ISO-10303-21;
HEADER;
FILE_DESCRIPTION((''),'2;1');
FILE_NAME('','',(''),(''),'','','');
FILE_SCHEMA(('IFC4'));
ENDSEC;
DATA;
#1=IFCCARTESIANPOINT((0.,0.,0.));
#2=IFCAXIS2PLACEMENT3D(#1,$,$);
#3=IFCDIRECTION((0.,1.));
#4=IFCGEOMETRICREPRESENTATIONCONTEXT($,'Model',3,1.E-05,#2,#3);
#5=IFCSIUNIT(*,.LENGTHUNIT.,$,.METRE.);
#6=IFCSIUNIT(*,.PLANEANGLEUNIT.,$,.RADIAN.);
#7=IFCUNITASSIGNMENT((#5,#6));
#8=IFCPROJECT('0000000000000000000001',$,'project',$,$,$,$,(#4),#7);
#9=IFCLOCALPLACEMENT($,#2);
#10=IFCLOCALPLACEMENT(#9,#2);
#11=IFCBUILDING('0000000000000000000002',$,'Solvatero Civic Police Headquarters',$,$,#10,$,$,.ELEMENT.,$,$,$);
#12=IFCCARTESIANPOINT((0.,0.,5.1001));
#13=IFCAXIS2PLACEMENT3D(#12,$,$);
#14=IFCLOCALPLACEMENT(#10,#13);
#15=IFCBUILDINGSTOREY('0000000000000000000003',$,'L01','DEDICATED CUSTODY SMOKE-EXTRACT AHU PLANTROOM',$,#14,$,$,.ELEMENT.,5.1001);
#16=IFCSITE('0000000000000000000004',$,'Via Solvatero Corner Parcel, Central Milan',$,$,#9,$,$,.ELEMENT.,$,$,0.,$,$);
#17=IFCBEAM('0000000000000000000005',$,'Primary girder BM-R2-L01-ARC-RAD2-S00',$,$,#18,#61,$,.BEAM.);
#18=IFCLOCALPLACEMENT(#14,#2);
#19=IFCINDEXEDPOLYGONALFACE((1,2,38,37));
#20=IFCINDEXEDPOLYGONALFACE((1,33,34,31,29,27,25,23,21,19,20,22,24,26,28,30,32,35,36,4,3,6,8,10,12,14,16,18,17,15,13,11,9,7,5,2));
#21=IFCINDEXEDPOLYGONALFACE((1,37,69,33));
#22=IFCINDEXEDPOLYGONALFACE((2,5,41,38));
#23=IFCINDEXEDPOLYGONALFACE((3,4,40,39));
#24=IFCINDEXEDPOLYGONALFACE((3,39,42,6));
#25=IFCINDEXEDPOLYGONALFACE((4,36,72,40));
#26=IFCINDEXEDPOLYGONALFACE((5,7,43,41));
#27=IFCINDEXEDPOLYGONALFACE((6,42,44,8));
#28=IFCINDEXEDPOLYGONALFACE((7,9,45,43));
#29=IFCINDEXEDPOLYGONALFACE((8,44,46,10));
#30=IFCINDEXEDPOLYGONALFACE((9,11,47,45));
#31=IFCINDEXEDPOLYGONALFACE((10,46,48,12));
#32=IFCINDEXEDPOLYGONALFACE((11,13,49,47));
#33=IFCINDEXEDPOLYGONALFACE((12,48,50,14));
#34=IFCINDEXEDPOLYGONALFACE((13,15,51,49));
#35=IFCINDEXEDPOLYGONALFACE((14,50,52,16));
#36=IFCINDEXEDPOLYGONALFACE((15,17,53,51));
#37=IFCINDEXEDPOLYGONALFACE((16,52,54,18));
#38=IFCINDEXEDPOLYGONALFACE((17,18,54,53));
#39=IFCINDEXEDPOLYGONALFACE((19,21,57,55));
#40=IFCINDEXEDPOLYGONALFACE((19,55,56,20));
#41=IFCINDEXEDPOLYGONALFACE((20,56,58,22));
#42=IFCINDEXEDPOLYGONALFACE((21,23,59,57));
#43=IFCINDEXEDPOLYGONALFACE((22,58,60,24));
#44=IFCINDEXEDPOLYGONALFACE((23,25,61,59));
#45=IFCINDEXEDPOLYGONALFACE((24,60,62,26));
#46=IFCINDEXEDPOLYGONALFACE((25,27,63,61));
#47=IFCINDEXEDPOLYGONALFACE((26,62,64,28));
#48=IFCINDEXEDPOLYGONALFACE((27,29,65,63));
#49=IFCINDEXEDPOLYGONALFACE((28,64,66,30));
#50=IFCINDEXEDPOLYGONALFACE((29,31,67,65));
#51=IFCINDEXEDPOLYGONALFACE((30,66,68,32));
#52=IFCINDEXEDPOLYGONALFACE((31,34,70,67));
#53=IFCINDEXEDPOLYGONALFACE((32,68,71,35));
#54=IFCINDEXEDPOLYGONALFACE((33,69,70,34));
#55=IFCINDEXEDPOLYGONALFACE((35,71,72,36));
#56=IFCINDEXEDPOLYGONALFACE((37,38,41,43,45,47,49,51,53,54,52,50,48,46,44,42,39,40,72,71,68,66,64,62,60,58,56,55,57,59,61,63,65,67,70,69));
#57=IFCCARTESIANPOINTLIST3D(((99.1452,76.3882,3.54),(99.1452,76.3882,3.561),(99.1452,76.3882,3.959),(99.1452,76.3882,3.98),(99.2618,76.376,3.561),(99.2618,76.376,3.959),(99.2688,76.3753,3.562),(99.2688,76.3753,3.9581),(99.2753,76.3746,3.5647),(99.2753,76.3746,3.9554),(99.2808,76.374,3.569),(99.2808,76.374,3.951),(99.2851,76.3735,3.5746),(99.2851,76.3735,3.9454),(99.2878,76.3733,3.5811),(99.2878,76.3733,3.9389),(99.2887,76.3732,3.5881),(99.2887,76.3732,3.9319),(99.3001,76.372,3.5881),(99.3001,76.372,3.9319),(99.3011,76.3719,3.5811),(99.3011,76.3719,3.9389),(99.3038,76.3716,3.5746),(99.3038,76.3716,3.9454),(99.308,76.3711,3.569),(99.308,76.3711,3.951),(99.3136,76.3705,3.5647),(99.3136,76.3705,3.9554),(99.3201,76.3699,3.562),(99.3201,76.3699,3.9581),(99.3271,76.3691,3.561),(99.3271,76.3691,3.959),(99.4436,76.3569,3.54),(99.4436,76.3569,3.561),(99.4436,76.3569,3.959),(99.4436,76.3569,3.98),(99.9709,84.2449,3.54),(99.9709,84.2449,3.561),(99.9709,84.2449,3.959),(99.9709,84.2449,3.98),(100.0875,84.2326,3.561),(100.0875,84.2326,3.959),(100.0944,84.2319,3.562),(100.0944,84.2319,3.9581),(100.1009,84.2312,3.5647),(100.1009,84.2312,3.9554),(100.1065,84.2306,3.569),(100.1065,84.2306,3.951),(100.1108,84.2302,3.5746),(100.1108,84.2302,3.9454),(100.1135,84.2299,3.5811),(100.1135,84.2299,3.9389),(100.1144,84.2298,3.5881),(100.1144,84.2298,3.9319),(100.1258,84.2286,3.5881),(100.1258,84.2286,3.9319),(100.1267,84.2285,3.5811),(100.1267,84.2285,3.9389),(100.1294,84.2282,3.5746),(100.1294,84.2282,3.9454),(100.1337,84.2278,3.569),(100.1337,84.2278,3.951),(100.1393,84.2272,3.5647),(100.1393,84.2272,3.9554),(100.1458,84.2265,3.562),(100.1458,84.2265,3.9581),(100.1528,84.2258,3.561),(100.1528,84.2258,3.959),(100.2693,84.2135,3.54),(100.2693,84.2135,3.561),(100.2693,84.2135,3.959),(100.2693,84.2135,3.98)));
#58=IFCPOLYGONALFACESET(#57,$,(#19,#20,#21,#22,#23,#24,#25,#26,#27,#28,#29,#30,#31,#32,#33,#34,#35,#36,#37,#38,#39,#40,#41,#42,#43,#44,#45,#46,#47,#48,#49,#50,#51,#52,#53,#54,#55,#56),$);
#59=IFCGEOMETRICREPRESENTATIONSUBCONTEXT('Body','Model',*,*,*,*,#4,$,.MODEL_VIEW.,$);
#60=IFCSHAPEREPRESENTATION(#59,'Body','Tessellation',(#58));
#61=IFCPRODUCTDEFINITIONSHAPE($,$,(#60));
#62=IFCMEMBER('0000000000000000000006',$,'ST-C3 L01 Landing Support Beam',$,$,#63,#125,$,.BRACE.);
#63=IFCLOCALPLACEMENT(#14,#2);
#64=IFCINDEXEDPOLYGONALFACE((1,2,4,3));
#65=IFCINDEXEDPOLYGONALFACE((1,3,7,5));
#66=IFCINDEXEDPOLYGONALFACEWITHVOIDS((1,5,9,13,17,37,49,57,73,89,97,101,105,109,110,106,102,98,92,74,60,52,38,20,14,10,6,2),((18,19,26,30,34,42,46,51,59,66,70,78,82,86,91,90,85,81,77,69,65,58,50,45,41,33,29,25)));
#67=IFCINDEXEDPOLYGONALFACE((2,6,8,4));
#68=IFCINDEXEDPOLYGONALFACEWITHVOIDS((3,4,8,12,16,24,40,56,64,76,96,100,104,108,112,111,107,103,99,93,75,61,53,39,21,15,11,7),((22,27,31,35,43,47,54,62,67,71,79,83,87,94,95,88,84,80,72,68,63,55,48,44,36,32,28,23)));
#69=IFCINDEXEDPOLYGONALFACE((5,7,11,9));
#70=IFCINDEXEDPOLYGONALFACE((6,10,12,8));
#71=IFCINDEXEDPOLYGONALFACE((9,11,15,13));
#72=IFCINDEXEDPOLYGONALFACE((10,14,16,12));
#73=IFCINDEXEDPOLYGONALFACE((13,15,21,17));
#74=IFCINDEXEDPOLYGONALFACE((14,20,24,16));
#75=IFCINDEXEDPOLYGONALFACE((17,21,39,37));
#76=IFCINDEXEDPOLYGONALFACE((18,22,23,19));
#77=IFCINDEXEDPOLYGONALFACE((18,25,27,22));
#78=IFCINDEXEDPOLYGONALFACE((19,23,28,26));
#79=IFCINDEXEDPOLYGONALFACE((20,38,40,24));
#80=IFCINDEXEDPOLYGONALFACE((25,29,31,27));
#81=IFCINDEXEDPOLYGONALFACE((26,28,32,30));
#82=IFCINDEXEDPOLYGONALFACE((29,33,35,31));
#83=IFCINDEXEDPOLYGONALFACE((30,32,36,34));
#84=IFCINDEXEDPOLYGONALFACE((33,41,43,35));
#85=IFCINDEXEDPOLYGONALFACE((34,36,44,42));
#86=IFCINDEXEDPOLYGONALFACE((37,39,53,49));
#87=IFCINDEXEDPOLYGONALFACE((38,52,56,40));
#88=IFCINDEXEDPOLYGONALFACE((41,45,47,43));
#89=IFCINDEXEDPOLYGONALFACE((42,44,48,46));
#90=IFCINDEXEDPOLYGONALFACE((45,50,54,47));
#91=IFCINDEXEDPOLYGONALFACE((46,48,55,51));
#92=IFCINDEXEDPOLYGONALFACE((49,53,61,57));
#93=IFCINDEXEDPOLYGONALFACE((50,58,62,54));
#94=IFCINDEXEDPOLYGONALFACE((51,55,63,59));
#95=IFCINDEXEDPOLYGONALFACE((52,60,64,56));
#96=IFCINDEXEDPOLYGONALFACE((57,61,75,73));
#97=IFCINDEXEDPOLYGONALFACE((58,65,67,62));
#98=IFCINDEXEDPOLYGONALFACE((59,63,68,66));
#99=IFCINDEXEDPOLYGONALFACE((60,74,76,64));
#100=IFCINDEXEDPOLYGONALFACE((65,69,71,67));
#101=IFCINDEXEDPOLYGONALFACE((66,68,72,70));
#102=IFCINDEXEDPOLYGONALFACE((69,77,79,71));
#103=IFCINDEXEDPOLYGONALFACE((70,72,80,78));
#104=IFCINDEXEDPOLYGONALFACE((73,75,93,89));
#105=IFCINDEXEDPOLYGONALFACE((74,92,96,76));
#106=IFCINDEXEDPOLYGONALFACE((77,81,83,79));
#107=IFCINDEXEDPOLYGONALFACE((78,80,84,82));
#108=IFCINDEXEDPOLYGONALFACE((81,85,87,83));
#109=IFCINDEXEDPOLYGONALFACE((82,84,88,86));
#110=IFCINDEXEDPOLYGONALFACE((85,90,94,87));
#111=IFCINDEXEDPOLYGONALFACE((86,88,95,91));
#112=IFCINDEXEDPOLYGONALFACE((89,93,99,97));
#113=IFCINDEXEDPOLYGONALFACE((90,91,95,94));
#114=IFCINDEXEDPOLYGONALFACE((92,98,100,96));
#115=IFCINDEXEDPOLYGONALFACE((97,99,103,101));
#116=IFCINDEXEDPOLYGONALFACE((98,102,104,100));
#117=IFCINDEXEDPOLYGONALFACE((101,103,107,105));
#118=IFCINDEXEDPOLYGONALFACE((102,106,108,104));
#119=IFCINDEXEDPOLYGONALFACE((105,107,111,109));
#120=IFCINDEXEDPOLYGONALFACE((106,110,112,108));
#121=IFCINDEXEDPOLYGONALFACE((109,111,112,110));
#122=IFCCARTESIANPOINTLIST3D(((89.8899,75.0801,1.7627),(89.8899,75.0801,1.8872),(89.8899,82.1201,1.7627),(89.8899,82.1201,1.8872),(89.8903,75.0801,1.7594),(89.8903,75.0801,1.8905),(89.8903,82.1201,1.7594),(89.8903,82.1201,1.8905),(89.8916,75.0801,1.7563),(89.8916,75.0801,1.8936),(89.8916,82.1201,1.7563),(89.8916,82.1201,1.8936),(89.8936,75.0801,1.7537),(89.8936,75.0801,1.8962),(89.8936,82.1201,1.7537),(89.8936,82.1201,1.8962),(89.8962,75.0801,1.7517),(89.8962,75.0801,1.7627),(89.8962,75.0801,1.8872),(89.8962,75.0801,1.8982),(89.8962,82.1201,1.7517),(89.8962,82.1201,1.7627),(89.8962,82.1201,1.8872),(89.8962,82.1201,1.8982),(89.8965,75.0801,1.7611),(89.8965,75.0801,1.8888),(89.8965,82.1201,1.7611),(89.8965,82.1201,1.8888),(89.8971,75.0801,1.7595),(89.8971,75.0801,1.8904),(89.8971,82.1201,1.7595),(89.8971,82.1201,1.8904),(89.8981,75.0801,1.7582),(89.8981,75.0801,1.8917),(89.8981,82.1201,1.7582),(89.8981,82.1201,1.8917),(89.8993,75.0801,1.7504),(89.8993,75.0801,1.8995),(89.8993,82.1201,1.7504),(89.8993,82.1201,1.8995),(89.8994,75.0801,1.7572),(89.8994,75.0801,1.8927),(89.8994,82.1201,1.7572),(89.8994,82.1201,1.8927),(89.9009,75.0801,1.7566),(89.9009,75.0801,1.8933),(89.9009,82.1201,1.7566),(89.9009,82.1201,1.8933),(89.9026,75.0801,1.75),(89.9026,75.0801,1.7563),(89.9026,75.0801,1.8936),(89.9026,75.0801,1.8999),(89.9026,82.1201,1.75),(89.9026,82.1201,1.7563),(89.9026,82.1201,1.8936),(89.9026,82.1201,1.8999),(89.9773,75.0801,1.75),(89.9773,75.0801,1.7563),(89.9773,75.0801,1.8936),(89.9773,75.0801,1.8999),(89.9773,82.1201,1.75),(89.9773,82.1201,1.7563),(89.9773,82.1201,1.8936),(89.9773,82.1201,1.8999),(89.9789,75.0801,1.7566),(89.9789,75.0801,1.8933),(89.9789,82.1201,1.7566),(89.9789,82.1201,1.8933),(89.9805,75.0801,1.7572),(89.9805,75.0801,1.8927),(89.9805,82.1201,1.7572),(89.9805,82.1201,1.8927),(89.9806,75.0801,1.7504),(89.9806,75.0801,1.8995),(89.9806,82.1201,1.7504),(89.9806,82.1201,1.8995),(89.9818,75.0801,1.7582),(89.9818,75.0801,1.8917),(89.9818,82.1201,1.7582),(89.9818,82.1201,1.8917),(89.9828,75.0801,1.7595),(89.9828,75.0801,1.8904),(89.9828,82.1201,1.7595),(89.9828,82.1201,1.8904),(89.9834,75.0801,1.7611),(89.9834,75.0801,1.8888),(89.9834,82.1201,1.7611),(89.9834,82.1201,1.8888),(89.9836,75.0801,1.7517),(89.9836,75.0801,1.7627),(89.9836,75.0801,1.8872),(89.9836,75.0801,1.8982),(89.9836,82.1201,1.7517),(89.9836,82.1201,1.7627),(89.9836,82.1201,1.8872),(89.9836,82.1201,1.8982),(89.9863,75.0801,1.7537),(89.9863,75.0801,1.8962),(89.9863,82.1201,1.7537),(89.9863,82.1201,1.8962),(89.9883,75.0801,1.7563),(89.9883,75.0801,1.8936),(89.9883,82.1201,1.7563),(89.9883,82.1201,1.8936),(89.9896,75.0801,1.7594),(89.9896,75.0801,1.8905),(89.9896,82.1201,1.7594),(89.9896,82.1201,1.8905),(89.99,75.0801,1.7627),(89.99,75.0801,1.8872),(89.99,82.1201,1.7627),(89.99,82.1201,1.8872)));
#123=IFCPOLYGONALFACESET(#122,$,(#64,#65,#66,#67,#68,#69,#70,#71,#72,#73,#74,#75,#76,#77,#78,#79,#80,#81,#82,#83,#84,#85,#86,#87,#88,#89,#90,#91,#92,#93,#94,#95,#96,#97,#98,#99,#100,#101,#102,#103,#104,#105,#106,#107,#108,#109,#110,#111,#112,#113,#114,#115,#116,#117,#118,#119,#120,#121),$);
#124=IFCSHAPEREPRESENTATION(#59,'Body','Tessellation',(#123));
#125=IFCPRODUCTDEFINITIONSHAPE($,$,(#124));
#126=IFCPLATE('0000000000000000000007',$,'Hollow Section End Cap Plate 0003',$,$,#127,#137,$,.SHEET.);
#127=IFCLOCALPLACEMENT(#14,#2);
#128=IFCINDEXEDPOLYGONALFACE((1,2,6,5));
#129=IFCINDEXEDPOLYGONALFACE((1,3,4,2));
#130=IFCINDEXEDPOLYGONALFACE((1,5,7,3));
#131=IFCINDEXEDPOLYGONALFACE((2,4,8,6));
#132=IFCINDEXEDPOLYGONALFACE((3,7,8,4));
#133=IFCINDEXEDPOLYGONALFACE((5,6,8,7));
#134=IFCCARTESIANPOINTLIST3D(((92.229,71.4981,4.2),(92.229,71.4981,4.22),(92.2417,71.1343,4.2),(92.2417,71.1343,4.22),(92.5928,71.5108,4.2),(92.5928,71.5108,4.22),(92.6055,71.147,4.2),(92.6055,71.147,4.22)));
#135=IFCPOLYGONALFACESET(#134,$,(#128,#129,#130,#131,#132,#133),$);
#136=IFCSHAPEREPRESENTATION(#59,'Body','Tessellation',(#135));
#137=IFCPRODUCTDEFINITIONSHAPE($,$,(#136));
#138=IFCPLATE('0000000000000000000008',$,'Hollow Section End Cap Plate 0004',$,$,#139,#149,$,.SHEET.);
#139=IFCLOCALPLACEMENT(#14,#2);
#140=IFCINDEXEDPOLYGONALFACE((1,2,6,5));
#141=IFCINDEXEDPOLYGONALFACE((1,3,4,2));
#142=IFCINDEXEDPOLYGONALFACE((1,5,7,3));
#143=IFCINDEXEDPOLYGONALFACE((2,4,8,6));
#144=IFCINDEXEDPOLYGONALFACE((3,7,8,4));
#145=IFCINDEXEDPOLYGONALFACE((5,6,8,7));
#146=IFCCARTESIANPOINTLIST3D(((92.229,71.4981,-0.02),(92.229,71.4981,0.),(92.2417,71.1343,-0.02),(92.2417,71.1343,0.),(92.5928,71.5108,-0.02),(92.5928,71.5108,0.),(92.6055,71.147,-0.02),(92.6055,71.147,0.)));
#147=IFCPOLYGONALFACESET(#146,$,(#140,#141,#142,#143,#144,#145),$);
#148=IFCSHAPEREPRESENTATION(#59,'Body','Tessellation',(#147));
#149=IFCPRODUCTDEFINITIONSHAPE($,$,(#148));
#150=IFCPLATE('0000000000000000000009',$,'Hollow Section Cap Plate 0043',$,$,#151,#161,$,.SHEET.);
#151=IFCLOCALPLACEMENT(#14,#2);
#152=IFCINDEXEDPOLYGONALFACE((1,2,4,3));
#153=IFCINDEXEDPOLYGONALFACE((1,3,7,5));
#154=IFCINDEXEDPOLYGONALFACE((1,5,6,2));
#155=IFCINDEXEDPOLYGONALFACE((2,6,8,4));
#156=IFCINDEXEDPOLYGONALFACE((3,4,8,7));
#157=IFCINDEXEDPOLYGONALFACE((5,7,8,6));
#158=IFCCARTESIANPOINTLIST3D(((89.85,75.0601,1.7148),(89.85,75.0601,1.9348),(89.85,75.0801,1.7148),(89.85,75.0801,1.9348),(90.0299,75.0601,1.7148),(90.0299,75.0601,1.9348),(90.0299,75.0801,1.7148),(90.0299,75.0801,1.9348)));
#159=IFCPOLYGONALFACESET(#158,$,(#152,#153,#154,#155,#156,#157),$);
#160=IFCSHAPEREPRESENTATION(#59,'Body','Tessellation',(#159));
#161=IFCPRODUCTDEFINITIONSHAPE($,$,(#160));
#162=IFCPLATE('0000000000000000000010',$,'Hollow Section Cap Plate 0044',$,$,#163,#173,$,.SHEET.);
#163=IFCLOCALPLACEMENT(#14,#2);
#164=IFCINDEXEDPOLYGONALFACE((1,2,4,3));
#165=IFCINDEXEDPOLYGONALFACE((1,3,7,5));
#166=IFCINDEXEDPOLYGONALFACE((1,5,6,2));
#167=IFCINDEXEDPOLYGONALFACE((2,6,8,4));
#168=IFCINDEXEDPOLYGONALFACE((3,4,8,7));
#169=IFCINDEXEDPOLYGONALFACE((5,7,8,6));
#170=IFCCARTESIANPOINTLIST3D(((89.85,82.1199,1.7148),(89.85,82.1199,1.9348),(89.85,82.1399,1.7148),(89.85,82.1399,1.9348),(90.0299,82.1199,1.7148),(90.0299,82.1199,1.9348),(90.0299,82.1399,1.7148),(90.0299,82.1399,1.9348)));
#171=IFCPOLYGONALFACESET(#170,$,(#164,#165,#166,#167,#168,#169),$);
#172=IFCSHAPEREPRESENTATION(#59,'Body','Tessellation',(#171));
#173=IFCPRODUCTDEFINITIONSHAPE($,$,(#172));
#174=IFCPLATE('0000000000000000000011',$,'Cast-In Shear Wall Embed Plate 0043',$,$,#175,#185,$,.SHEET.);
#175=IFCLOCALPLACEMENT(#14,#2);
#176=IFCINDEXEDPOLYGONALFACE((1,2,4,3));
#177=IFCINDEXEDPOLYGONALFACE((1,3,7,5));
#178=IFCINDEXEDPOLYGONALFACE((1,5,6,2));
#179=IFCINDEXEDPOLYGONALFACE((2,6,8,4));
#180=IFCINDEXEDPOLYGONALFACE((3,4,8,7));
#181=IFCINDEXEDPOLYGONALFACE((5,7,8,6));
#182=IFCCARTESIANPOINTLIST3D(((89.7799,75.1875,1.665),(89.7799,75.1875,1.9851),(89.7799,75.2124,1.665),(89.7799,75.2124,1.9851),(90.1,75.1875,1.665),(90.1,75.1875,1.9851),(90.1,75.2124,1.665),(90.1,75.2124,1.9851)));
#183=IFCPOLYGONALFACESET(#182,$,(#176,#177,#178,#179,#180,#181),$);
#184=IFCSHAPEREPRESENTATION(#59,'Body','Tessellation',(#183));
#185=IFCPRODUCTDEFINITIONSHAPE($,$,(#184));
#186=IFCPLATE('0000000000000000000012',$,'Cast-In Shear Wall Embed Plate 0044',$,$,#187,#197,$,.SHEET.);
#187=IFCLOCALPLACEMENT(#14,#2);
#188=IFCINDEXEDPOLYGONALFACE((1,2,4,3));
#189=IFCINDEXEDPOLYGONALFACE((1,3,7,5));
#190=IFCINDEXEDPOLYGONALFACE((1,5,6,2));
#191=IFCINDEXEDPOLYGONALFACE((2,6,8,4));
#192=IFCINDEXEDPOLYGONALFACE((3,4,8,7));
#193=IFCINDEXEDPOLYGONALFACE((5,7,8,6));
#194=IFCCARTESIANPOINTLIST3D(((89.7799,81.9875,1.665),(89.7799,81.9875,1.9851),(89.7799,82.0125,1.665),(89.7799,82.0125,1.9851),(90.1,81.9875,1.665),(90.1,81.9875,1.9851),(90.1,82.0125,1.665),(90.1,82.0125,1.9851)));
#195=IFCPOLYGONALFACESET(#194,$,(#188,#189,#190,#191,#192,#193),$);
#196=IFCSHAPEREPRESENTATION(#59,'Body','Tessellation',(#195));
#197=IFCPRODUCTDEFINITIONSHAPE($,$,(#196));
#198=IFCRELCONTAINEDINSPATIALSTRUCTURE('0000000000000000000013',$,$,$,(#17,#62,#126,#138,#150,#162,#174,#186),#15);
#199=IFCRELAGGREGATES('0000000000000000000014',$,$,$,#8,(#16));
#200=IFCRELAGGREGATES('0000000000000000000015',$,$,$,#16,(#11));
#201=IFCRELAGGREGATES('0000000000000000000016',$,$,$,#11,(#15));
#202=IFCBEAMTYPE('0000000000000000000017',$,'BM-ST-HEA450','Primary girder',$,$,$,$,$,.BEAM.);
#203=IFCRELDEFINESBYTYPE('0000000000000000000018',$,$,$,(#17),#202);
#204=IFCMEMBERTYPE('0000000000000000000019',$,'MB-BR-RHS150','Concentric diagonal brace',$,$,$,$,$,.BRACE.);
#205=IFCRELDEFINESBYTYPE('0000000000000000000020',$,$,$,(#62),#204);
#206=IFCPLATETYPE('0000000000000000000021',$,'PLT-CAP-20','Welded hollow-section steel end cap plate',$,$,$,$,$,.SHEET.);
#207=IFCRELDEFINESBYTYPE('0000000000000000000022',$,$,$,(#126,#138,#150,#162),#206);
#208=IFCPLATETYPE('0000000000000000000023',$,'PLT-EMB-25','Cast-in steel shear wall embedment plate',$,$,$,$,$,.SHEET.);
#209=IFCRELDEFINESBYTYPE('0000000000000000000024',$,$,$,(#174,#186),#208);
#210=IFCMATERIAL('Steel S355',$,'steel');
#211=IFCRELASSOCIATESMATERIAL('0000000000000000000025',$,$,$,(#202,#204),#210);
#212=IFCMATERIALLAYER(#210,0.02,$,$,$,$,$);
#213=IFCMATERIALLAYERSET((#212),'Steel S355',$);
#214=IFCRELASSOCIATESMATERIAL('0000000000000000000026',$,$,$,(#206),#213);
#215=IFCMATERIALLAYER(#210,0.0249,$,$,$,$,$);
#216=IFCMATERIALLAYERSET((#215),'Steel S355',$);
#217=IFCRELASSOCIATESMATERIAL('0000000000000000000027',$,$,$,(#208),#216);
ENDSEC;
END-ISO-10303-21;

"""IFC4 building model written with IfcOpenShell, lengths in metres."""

from ifc_helpers import new_model, si_unit, direction, frame, origin, origin_2d, place, context, subcontext, project, spatial, rectangle, hollow_rectangle, i_section, extrude, material, layer, layer_set, material_profile, profile_set, type_object, element, save


model = new_model("IFC4")

# Units and contexts
model_context = context("Model", 3, precision=1e-05, world=origin(), true_north=direction((0.0, 1.0)))
body_context = subcontext(model_context, "Body", "Model", "MODEL_VIEW")
ifc_project = project(units=[si_unit("LENGTHUNIT", "METRE"), si_unit("PLANEANGLEUNIT", "RADIAN")], contexts=[model_context])

# Site, building, storey
site_placement = place(None, origin())
site = spatial("IfcSite", under=ifc_project, at=site_placement, Name="Via Solvatero Corner Parcel, Central Milan", CompositionType="ELEMENT", RefElevation=0.0)
building_placement = place(site_placement, origin())
building = spatial("IfcBuilding", under=site, at=building_placement, Name="Solvatero Civic Police Headquarters", CompositionType="ELEMENT")
storey_placement = place(building_placement, frame((0.0, 0.0, 5.1001)))
storey = spatial("IfcBuildingStorey", under=building, at=storey_placement, Name="L01", Description="DEDICATED CUSTODY SMOKE-EXTRACT AHU PLANTROOM", CompositionType="ELEMENT", Elevation=5.1001)

# Shared definitions
ifc_material_1 = material(Name="Steel S355", Category="steel")

# Beam
ifc_material_profile_1 = material_profile(ifc_material_1, i_section(OverallWidth=0.3, OverallDepth=0.4399, WebThickness=0.0115, FlangeThickness=0.021, FilletRadius=0.0271, at=origin_2d()), Name="HEA 450")
ifc_profile_set_1 = profile_set([ifc_material_profile_1], Name="Steel S355")
beam_type_1 = type_object("IfcBeamType", Name="BM-ST-HEA450", Description="Primary girder", PredefinedType="BEAM", material=ifc_profile_set_1)
beam_1_placement = place(storey_placement, frame((99.2944, 76.3726, 3.76), z_axis=(0.104517, 0.994523, 0.0), x_axis=(-0.994523, 0.104517, 0.0)))
element("IfcBeam", 1, at=beam_1_placement, inside=storey, type_object=beam_type_1, Name="Primary girder BM-R2-L01-ARC-RAD2-S00", PredefinedType="BEAM", context=body_context, shape_type="SweptSolid", body=[
    extrude(i_section(OverallWidth=0.3, OverallDepth=0.4399, WebThickness=0.0115, FlangeThickness=0.021, FilletRadius=0.0271, at=origin_2d()), origin(), (0.0, 0.0, 1.0), 7.8999),
])

# Member
ifc_material_profile_2 = material_profile(ifc_material_1, hollow_rectangle(XDim=0.1001, YDim=0.1499, WallThickness=0.0063, InnerFilletRadius=0.0063, OuterFilletRadius=0.0127, at=origin_2d()), Name="RHS 150x100x6.3")
ifc_profile_set_2 = profile_set([ifc_material_profile_2], Name="Steel S355")
member_type = type_object("IfcMemberType", Name="MB-BR-RHS150", Description="Concentric diagonal brace", PredefinedType="BRACE", material=ifc_profile_set_2)
member_placement = place(storey_placement, frame((89.9399, 75.0801, 1.825), z_axis=(0.0, 1.0, 0.0), x_axis=(-1.0, 0.0, 0.0)))
element("IfcMember", 2, at=member_placement, inside=storey, type_object=member_type, Name="ST-C3 L01 Landing Support Beam", PredefinedType="BRACE", context=body_context, shape_type="SweptSolid", body=[
    extrude(hollow_rectangle(XDim=0.1001, YDim=0.1499, WallThickness=0.0063, InnerFilletRadius=0.0063, OuterFilletRadius=0.0127, at=origin_2d()), origin(), (0.0, 0.0, 1.0), 7.04),
])

# Plates
ifc_layer_1 = layer(ifc_material_1, 0.02)
ifc_layer_set_1 = layer_set([ifc_layer_1], Name="Steel S355")
plate_type_1 = type_object("IfcPlateType", Name="PLT-CAP-20", Description="Welded hollow-section steel end cap plate", PredefinedType="SHEET", material=ifc_layer_set_1)
for number, where, z_axis, x_axis, name in (
    (3, (92.4172, 71.3225, 4.2), (0.0, 0.0, 1.0), (0.999391, 0.034899, 0.0), "Hollow Section End Cap Plate 0003"),
    (4, (92.4172, 71.3225, -0.02), (0.0, 0.0, 1.0), (0.999391, 0.034899, 0.0), "Hollow Section End Cap Plate 0004"),
):
    element("IfcPlate", number, at=place(storey_placement, frame(where, z_axis=z_axis, x_axis=x_axis)), inside=storey, type_object=plate_type_1, Name=name, PredefinedType="SHEET", context=body_context, shape_type="SweptSolid", body=[
        extrude(rectangle(XDim=0.364, YDim=0.364, at=origin_2d()), origin(), (0.0, 0.0, 1.0), 0.02),
    ])
for number, where, z_axis, x_axis, name in (
    (5, (89.9399, 75.0701, 1.7148), (0.0, 0.0, 1.0), (1.0, 0.0, 0.0), "Hollow Section Cap Plate 0043"),
    (6, (89.9399, 82.1299, 1.7148), (0.0, 0.0, 1.0), (1.0, 0.0, 0.0), "Hollow Section Cap Plate 0044"),
):
    element("IfcPlate", number, at=place(storey_placement, frame(where, z_axis=z_axis, x_axis=x_axis)), inside=storey, type_object=plate_type_1, Name=name, PredefinedType="SHEET", context=body_context, shape_type="SweptSolid", body=[
        extrude(rectangle(XDim=0.1799, YDim=0.02, at=origin_2d()), origin(), (0.0, 0.0, 1.0), 0.22),
    ])
ifc_layer_2 = layer(ifc_material_1, 0.0249)
ifc_layer_set_2 = layer_set([ifc_layer_2], Name="Steel S355")
plate_type_2 = type_object("IfcPlateType", Name="PLT-EMB-25", Description="Cast-in steel shear wall embedment plate", PredefinedType="SHEET", material=ifc_layer_set_2)
for number, where, z_axis, x_axis, name in (
    (7, (89.9399, 75.2, 1.665), (0.0, 0.0, 1.0), (1.0, 0.0, 0.0), "Cast-In Shear Wall Embed Plate 0043"),
    (8, (89.9399, 82.0, 1.665), (0.0, 0.0, 1.0), (1.0, 0.0, 0.0), "Cast-In Shear Wall Embed Plate 0044"),
):
    element("IfcPlate", number, at=place(storey_placement, frame(where, z_axis=z_axis, x_axis=x_axis)), inside=storey, type_object=plate_type_2, Name=name, PredefinedType="SHEET", context=body_context, shape_type="SweptSolid", body=[
        extrude(rectangle(XDim=0.3201, YDim=0.0249, at=origin_2d()), origin(), (0.0, 0.0, 1.0), 0.3201),
    ])

save(model, "model.ifc")
